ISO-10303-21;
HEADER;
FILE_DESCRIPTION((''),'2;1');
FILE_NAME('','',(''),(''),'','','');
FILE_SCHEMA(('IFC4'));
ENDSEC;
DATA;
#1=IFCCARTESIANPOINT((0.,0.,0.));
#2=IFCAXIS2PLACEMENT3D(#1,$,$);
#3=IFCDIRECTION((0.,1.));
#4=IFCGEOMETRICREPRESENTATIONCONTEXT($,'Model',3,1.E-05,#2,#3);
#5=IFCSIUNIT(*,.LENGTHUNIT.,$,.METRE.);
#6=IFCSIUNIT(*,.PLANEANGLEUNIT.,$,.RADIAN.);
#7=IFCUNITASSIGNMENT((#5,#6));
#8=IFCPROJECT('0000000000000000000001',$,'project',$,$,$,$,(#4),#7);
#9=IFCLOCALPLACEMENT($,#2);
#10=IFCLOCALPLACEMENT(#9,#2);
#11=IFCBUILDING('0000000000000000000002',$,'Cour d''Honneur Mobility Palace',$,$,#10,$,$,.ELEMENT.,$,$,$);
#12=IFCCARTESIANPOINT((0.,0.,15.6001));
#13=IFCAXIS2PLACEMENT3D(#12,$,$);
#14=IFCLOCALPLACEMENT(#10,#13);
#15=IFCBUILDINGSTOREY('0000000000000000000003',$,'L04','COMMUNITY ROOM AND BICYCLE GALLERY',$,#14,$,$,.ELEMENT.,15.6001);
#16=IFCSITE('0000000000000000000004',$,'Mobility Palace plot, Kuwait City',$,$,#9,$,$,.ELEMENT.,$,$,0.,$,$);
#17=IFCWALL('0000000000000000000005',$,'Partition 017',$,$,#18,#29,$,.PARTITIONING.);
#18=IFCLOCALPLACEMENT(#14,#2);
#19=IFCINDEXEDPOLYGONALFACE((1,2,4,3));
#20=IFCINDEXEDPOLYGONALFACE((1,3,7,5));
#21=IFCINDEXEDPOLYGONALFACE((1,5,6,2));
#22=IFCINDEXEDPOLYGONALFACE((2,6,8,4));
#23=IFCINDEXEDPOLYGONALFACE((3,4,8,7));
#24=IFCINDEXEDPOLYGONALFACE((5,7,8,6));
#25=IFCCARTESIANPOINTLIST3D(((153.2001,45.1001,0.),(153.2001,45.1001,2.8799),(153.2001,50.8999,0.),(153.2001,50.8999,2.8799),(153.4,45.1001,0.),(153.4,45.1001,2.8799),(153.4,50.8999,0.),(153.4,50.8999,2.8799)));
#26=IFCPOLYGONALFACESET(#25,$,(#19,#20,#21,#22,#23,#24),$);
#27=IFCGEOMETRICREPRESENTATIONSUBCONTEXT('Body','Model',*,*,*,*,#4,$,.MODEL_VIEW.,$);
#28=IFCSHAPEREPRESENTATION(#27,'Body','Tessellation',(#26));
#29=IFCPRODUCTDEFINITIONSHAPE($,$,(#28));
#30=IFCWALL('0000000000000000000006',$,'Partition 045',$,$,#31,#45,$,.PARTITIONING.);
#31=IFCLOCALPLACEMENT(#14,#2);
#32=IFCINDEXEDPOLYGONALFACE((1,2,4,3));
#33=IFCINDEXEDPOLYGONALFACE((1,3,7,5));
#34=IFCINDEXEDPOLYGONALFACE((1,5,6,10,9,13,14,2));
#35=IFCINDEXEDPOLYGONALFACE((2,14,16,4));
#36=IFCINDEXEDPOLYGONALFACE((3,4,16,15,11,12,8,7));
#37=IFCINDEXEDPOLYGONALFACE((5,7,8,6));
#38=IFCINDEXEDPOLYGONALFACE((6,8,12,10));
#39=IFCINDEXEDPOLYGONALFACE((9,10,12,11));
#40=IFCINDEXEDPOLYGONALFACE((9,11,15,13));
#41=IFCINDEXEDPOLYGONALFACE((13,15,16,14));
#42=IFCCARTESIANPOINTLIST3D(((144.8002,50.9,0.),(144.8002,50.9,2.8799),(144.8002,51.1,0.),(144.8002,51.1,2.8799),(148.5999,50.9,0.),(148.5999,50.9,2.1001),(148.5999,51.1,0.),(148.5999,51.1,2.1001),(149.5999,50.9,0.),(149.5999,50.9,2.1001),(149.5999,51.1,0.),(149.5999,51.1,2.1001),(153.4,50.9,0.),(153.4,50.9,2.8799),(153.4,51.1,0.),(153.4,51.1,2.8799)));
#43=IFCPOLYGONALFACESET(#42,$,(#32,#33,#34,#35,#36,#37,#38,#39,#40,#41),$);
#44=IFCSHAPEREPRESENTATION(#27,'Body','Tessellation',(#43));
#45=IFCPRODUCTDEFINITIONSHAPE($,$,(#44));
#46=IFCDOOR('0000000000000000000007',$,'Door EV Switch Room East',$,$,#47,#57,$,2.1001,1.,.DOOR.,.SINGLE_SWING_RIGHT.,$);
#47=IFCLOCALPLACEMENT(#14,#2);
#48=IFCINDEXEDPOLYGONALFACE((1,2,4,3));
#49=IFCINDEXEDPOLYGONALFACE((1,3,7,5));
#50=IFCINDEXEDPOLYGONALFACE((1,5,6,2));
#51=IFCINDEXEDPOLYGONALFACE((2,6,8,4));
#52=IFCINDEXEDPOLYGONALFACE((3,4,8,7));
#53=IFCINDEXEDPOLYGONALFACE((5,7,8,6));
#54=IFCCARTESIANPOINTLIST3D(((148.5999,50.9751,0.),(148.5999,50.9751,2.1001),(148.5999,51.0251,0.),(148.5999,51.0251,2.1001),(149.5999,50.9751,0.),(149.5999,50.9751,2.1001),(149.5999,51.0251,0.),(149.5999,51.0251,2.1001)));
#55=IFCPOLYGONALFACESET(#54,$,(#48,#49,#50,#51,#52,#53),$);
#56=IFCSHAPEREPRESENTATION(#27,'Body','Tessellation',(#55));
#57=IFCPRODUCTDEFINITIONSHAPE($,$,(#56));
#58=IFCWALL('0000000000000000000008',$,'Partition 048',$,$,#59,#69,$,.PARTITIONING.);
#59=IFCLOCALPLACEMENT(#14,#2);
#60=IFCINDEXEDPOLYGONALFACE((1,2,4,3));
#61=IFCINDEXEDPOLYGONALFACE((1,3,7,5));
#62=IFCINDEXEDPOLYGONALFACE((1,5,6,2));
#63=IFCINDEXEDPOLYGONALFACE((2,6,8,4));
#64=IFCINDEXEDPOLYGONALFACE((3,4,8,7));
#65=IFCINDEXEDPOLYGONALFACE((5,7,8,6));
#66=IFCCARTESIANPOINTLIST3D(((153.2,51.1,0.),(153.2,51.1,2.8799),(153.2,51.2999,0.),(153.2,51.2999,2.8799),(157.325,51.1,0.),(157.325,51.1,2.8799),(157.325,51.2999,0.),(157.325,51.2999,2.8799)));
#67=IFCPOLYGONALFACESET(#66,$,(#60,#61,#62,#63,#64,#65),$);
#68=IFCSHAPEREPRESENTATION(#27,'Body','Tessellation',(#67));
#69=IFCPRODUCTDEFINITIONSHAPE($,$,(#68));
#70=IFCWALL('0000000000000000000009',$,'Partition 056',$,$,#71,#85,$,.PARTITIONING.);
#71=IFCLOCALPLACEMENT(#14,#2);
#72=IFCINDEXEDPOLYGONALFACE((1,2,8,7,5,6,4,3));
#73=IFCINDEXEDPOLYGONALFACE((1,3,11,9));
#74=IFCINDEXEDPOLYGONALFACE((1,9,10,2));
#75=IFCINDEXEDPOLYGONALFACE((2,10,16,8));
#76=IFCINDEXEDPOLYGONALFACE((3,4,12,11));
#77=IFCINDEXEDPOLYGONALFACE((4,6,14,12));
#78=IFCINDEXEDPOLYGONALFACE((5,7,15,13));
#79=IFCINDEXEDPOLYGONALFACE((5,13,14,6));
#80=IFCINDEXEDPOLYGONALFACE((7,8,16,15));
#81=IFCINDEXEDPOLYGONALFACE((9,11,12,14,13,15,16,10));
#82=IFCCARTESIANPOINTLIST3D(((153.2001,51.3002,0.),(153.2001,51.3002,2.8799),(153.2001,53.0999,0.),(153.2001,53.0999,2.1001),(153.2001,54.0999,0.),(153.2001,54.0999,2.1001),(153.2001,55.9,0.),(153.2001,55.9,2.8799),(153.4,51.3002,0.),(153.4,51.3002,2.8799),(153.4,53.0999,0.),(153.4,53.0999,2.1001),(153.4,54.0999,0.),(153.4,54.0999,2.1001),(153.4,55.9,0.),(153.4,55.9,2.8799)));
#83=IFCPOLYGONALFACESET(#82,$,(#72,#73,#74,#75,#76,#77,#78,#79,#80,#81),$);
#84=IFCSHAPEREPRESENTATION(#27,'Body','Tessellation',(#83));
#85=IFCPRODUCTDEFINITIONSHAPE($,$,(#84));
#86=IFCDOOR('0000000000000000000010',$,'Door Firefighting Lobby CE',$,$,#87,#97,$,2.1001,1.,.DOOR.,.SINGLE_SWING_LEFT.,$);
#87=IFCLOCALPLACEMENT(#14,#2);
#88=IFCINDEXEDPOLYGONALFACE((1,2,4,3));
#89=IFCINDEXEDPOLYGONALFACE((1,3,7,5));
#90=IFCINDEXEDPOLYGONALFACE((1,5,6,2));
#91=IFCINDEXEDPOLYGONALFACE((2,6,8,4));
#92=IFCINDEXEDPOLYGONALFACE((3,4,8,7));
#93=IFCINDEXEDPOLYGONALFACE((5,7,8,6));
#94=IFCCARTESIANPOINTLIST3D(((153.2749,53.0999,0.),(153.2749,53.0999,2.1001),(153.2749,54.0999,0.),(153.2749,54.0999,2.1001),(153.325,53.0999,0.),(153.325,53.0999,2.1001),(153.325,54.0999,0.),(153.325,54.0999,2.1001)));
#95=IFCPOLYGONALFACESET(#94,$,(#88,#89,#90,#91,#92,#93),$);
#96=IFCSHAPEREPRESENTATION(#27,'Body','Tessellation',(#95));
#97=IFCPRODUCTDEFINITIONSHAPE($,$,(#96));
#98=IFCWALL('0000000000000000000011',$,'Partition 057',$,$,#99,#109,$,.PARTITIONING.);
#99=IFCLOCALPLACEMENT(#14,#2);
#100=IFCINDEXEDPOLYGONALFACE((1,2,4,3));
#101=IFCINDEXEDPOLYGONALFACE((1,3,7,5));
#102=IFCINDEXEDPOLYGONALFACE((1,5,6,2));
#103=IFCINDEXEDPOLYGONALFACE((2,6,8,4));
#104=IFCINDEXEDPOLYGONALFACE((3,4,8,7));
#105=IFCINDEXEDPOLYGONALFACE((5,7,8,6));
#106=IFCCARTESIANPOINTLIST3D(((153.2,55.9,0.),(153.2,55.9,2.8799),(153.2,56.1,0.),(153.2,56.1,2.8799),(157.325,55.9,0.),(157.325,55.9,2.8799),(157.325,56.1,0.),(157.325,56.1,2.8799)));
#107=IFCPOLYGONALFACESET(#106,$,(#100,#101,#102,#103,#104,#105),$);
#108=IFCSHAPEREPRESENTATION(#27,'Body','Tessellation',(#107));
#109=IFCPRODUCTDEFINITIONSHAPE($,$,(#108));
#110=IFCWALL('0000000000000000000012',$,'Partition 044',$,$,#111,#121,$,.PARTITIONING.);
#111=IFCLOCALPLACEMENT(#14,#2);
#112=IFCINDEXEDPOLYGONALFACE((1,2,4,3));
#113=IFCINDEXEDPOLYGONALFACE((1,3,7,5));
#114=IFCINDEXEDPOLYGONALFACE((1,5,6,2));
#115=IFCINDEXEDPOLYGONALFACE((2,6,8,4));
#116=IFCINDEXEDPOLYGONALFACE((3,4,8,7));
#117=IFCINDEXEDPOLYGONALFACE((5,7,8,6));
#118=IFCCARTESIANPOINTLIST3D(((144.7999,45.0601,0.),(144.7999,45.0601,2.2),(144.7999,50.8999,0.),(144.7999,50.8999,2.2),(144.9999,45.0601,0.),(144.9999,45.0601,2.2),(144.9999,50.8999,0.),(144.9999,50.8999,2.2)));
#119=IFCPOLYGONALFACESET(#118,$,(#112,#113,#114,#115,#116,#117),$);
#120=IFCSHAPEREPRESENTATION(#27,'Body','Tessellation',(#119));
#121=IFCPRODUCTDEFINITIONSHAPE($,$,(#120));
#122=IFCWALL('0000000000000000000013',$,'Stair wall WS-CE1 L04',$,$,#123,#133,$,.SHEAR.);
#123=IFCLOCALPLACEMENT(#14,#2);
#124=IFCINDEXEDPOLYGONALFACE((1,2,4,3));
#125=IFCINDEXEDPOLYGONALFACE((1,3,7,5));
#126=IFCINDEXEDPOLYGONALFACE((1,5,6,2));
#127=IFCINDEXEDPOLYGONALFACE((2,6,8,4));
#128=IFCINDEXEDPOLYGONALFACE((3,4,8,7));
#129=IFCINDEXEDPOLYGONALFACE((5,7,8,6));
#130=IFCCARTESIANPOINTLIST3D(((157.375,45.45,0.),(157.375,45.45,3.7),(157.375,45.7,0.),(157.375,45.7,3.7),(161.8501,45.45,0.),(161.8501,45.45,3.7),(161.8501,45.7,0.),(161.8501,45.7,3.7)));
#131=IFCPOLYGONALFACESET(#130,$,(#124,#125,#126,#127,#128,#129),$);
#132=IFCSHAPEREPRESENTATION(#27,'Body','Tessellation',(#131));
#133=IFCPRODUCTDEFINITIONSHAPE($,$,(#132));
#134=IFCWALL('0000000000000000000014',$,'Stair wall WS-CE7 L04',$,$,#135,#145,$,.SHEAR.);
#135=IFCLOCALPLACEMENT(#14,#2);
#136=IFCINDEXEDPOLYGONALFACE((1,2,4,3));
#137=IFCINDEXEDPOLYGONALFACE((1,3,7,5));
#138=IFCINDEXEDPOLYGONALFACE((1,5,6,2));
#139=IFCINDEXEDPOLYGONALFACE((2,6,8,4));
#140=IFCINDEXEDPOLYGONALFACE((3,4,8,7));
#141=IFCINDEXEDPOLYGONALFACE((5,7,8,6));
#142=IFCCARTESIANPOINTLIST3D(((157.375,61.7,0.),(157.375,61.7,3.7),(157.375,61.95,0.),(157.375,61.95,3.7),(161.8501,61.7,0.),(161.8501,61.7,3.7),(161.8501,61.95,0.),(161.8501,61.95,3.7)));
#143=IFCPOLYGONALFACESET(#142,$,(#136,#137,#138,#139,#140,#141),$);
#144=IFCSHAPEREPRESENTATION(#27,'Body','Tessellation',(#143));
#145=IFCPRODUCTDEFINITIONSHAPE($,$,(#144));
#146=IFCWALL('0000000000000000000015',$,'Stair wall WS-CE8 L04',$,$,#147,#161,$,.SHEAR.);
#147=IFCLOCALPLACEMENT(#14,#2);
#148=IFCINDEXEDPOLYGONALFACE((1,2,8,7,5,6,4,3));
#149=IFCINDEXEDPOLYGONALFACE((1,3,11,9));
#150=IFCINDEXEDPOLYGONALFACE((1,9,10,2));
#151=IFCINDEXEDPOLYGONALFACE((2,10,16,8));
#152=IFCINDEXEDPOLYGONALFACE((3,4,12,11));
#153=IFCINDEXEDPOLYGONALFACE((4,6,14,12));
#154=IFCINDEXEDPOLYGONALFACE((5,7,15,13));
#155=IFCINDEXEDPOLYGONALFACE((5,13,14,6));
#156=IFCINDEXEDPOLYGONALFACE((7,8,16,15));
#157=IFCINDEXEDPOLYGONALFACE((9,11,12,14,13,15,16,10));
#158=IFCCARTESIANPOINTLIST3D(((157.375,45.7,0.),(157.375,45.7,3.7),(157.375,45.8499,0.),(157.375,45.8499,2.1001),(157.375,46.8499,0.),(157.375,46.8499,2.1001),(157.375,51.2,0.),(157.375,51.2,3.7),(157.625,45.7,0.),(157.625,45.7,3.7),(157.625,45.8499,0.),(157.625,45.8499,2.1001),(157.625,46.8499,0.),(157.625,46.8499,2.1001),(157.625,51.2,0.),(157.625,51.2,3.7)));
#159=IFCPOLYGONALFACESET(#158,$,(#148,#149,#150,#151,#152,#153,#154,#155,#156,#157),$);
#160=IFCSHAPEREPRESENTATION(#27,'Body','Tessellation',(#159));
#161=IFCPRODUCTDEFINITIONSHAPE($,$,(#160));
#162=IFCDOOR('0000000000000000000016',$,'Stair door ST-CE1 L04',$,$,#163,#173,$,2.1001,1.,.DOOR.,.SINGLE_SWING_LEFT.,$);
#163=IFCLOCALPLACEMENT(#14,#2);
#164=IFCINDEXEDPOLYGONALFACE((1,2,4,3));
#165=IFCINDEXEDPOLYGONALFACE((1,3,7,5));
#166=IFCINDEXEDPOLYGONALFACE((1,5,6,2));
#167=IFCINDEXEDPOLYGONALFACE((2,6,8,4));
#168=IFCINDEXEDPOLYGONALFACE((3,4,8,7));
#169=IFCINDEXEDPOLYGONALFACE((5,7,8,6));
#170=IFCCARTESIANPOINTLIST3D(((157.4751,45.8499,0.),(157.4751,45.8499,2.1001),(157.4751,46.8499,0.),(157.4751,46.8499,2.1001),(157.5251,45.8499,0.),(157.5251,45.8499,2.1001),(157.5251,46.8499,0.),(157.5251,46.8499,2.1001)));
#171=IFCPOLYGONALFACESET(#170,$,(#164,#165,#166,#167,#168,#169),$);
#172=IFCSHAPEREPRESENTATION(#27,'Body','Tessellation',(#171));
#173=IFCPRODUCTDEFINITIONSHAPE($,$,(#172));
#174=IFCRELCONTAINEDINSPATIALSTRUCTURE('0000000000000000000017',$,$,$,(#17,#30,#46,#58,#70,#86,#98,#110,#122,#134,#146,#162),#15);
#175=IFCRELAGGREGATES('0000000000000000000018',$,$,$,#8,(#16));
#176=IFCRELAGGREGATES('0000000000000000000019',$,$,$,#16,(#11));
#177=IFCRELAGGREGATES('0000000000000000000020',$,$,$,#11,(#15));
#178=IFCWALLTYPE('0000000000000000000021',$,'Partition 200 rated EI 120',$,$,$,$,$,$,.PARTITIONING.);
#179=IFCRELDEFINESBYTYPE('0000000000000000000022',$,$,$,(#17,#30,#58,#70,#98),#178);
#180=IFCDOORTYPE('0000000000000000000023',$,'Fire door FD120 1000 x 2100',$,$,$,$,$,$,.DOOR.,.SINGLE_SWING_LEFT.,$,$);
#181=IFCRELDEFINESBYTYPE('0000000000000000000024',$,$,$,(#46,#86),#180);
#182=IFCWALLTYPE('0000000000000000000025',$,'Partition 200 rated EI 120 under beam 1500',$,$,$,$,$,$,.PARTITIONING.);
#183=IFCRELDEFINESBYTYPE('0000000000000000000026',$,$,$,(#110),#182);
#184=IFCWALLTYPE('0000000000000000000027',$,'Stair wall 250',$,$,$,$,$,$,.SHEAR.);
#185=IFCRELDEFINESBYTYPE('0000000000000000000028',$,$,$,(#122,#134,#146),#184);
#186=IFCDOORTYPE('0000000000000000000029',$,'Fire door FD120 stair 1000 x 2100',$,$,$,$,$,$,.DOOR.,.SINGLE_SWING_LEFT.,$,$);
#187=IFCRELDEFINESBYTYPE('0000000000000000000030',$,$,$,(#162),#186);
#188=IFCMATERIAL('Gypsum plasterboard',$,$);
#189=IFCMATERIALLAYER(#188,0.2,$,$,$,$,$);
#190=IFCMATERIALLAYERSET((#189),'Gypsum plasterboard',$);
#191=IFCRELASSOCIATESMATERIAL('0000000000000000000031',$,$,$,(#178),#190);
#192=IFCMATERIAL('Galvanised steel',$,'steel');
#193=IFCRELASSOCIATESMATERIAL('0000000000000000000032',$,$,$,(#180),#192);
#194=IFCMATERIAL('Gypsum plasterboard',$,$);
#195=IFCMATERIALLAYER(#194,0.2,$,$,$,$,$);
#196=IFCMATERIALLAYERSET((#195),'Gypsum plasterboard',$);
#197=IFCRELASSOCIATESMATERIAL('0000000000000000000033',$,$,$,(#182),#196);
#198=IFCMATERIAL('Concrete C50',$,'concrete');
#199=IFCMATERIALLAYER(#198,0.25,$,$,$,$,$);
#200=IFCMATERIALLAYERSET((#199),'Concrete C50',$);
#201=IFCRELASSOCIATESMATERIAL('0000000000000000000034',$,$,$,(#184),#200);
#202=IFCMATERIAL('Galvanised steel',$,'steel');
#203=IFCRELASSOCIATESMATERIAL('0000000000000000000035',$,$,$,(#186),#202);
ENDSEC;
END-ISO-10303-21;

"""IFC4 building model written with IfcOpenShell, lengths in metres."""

from ifc_helpers import new_model, si_unit, direction, frame, frame_2d, origin, place, context, subcontext, project, spatial, rectangle, extrude, material, layer, layer_set, type_object, element, fill, save


model = new_model("IFC4")

# Units and contexts
model_context = context("Model", 3, precision=1e-05, world=origin(), true_north=direction((0.0, 1.0)))
body_context = subcontext(model_context, "Body", "Model", "MODEL_VIEW")
ifc_project = project(units=[si_unit("LENGTHUNIT", "METRE"), si_unit("PLANEANGLEUNIT", "RADIAN")], contexts=[model_context])

# Site, building, storey
site_placement = place(None, origin())
site = spatial("IfcSite", under=ifc_project, at=site_placement, Name="Mobility Palace plot, Kuwait City", CompositionType="ELEMENT", RefElevation=0.0)
building_placement = place(site_placement, origin())
building = spatial("IfcBuilding", under=site, at=building_placement, Name="Cour d'Honneur Mobility Palace", CompositionType="ELEMENT")
storey_placement = place(building_placement, frame((0.0, 0.0, 15.6001)))
storey = spatial("IfcBuildingStorey", under=building, at=storey_placement, Name="L04", Description="COMMUNITY ROOM AND BICYCLE GALLERY", CompositionType="ELEMENT", Elevation=15.6001)

# Wall
ifc_material_1 = material(Name="Gypsum plasterboard")
ifc_layer_1 = layer(ifc_material_1, 0.2)
ifc_layer_set_1 = layer_set([ifc_layer_1], Name="Gypsum plasterboard")
wall_type_1 = type_object("IfcWallType", Name="Partition 200 rated EI 120", PredefinedType="PARTITIONING", material=ifc_layer_set_1)
wall_1_placement = place(storey_placement, frame((153.3, 45.1001, 0.0), z_axis=(0.0, 0.0, 1.0), x_axis=(0.0, 1.0, 0.0)))
element("IfcWall", 1, at=wall_1_placement, inside=storey, type_object=wall_type_1, Name="Partition 017", PredefinedType="PARTITIONING", context=body_context, shape_type="SweptSolid", body=[
    extrude(rectangle(XDim=5.7998, YDim=0.2, at=frame_2d((2.8999, 0.0))), origin(), (0.0, 0.0, 1.0), 2.8799),
])

# Wall, opening, door
wall_2_placement = place(storey_placement, frame((153.3999, 51.0, 0.0), z_axis=(0.0, 0.0, 1.0), x_axis=(-1.0, 0.0, 0.0)))
wall_2 = element("IfcWall", 2, at=wall_2_placement, inside=storey, type_object=wall_type_1, Name="Partition 045", PredefinedType="PARTITIONING", context=body_context, shape_type="SweptSolid", body=[
    extrude(rectangle(XDim=8.5999, YDim=0.2, at=frame_2d((4.2998, 0.0))), origin(), (0.0, 0.0, 1.0), 2.8799),
])
opening_1_placement = place(wall_2_placement, frame((3.8, 0.0, 0.0)))
opening_1 = element("IfcOpeningElement", 3, at=opening_1_placement, cuts=wall_2, PredefinedType="OPENING", context=body_context, shape_type="SweptSolid", body=[
    extrude(rectangle(XDim=1.0, YDim=2.1001, at=frame_2d((0.5, 1.05))), frame((0.0, 0.1099, 0.0), z_axis=(0.0, -1.0, 0.0), x_axis=(1.0, 0.0, 0.0)), (0.0, 0.0, 1.0), 0.22),
])
ifc_material_2 = material(Name="Galvanised steel", Category="steel")
door_type_1 = type_object("IfcDoorType", Name="Fire door FD120 1000 x 2100", OperationType="SINGLE_SWING_LEFT", PredefinedType="DOOR", material=ifc_material_2)
door_1_placement = place(opening_1_placement, origin())
door_1 = element("IfcDoor", 4, at=door_1_placement, inside=storey, type_object=door_type_1, Name="Door EV Switch Room East", OperationType="SINGLE_SWING_RIGHT", OverallHeight=2.1001, OverallWidth=1.0, PredefinedType="DOOR", context=body_context, shape_type="SweptSolid", body=[
    extrude(rectangle(XDim=1.0, YDim=2.1001, at=frame_2d((0.5, 1.05))), frame((0.0, 0.0249, 0.0), z_axis=(0.0, -1.0, 0.0), x_axis=(1.0, 0.0, 0.0)), (0.0, 0.0, 1.0), 0.05),
])
fill(opening_1, door_1)

# Wall
wall_3_placement = place(storey_placement, frame((153.2, 51.2, 0.0), z_axis=(0.0, 0.0, 1.0), x_axis=(1.0, 0.0, 0.0)))
element("IfcWall", 5, at=wall_3_placement, inside=storey, type_object=wall_type_1, Name="Partition 048", PredefinedType="PARTITIONING", context=body_context, shape_type="SweptSolid", body=[
    extrude(rectangle(XDim=4.125, YDim=0.2, at=frame_2d((2.0625, 0.0))), origin(), (0.0, 0.0, 1.0), 2.8799),
])

# Wall, opening, door
wall_4_placement = place(storey_placement, frame((153.3, 55.8999, 0.0), z_axis=(0.0, 0.0, 1.0), x_axis=(0.0, -1.0, 0.0)))
wall_4 = element("IfcWall", 6, at=wall_4_placement, inside=storey, type_object=wall_type_1, Name="Partition 056", PredefinedType="PARTITIONING", context=body_context, shape_type="SweptSolid", body=[
    extrude(rectangle(XDim=4.5999, YDim=0.2, at=frame_2d((2.2998, 0.0))), origin(), (0.0, 0.0, 1.0), 2.8799),
])
opening_2_placement = place(wall_4_placement, frame((1.8, 0.0, 0.0)))
opening_2 = element("IfcOpeningElement", 7, at=opening_2_placement, cuts=wall_4, PredefinedType="OPENING", context=body_context, shape_type="SweptSolid", body=[
    extrude(rectangle(XDim=1.0, YDim=2.1001, at=frame_2d((0.5, 1.05))), frame((0.0, 0.1099, 0.0), z_axis=(0.0, -1.0, 0.0), x_axis=(1.0, 0.0, 0.0)), (0.0, 0.0, 1.0), 0.22),
])
door_2_placement = place(opening_2_placement, origin())
door_2 = element("IfcDoor", 8, at=door_2_placement, inside=storey, type_object=door_type_1, Name="Door Firefighting Lobby CE", OperationType="SINGLE_SWING_LEFT", OverallHeight=2.1001, OverallWidth=1.0, PredefinedType="DOOR", context=body_context, shape_type="SweptSolid", body=[
    extrude(rectangle(XDim=1.0, YDim=2.1001, at=frame_2d((0.5, 1.05))), frame((0.0, 0.0249, 0.0), z_axis=(0.0, -1.0, 0.0), x_axis=(1.0, 0.0, 0.0)), (0.0, 0.0, 1.0), 0.05),
])
fill(opening_2, door_2)

# Walls
wall_5_placement = place(storey_placement, frame((157.325, 56.0, 0.0), z_axis=(0.0, 0.0, 1.0), x_axis=(-1.0, 0.0, 0.0)))
element("IfcWall", 9, at=wall_5_placement, inside=storey, type_object=wall_type_1, Name="Partition 057", PredefinedType="PARTITIONING", context=body_context, shape_type="SweptSolid", body=[
    extrude(rectangle(XDim=4.125, YDim=0.2, at=frame_2d((2.0625, 0.0))), origin(), (0.0, 0.0, 1.0), 2.8799),
])
ifc_material_3 = material(Name="Gypsum plasterboard")
ifc_layer_2 = layer(ifc_material_3, 0.2)
ifc_layer_set_2 = layer_set([ifc_layer_2], Name="Gypsum plasterboard")
wall_type_2 = type_object("IfcWallType", Name="Partition 200 rated EI 120 under beam 1500", PredefinedType="PARTITIONING", material=ifc_layer_set_2)
wall_6_placement = place(storey_placement, frame((144.8999, 50.8999, 0.0), z_axis=(0.0, 0.0, 1.0), x_axis=(0.0, -1.0, 0.0)))
element("IfcWall", 10, at=wall_6_placement, inside=storey, type_object=wall_type_2, Name="Partition 044", PredefinedType="PARTITIONING", context=body_context, shape_type="SweptSolid", body=[
    extrude(rectangle(XDim=5.8398, YDim=0.2, at=frame_2d((2.9199, 0.0))), origin(), (0.0, 0.0, 1.0), 2.2),
])
ifc_material_4 = material(Name="Concrete C50", Category="concrete")
ifc_layer_3 = layer(ifc_material_4, 0.25)
ifc_layer_set_3 = layer_set([ifc_layer_3], Name="Concrete C50")
wall_type_3 = type_object("IfcWallType", Name="Stair wall 250", PredefinedType="SHEAR", material=ifc_layer_set_3)
for number, where, z_axis, x_axis, name in (
    (11, (157.375, 45.575, 0.0), (0.0, 0.0, 1.0), (1.0, 0.0, 0.0), "Stair wall WS-CE1 L04"),
    (12, (157.375, 61.825, 0.0), (0.0, 0.0, 1.0), (1.0, 0.0, 0.0), "Stair wall WS-CE7 L04"),
):
    element("IfcWall", number, at=place(storey_placement, frame(where, z_axis=z_axis, x_axis=x_axis)), inside=storey, type_object=wall_type_3, Name=name, PredefinedType="SHEAR", context=body_context, shape_type="SweptSolid", body=[
        extrude(rectangle(XDim=4.4751, YDim=0.25, at=frame_2d((2.2375, 0.0))), origin(), (0.0, 0.0, 1.0), 3.7),
    ])

# Wall, opening, door
wall_7_placement = place(storey_placement, frame((157.5, 45.7, 0.0), z_axis=(0.0, 0.0, 1.0), x_axis=(0.0, 1.0, 0.0)))
wall_7 = element("IfcWall", 13, at=wall_7_placement, inside=storey, type_object=wall_type_3, Name="Stair wall WS-CE8 L04", PredefinedType="SHEAR", context=body_context, shape_type="SweptSolid", body=[
    extrude(rectangle(XDim=5.5, YDim=0.25, at=frame_2d((2.75, 0.0))), origin(), (0.0, 0.0, 1.0), 3.7),
])
opening_3_placement = place(wall_7_placement, frame((0.1499, 0.0, 0.0)))
opening_3 = element("IfcOpeningElement", 14, at=opening_3_placement, cuts=wall_7, PredefinedType="OPENING", context=body_context, shape_type="SweptSolid", body=[
    extrude(rectangle(XDim=1.0, YDim=2.1001, at=frame_2d((0.5, 1.05))), frame((0.0, 0.135, 0.0), z_axis=(0.0, -1.0, 0.0), x_axis=(1.0, 0.0, 0.0)), (0.0, 0.0, 1.0), 0.27),
])
ifc_material_5 = material(Name="Galvanised steel", Category="steel")
door_type_2 = type_object("IfcDoorType", Name="Fire door FD120 stair 1000 x 2100", OperationType="SINGLE_SWING_LEFT", PredefinedType="DOOR", material=ifc_material_5)
door_3_placement = place(opening_3_placement, origin())
door_3 = element("IfcDoor", 15, at=door_3_placement, inside=storey, type_object=door_type_2, Name="Stair door ST-CE1 L04", OperationType="SINGLE_SWING_LEFT", OverallHeight=2.1001, OverallWidth=1.0, PredefinedType="DOOR", context=body_context, shape_type="SweptSolid", body=[
    extrude(rectangle(XDim=1.0, YDim=2.1001, at=frame_2d((0.5, 1.05))), frame((0.0, 0.0249, 0.0), z_axis=(0.0, -1.0, 0.0), x_axis=(1.0, 0.0, 0.0)), (0.0, 0.0, 1.0), 0.05),
])
fill(opening_3, door_3)

save(model, "model.ifc")
